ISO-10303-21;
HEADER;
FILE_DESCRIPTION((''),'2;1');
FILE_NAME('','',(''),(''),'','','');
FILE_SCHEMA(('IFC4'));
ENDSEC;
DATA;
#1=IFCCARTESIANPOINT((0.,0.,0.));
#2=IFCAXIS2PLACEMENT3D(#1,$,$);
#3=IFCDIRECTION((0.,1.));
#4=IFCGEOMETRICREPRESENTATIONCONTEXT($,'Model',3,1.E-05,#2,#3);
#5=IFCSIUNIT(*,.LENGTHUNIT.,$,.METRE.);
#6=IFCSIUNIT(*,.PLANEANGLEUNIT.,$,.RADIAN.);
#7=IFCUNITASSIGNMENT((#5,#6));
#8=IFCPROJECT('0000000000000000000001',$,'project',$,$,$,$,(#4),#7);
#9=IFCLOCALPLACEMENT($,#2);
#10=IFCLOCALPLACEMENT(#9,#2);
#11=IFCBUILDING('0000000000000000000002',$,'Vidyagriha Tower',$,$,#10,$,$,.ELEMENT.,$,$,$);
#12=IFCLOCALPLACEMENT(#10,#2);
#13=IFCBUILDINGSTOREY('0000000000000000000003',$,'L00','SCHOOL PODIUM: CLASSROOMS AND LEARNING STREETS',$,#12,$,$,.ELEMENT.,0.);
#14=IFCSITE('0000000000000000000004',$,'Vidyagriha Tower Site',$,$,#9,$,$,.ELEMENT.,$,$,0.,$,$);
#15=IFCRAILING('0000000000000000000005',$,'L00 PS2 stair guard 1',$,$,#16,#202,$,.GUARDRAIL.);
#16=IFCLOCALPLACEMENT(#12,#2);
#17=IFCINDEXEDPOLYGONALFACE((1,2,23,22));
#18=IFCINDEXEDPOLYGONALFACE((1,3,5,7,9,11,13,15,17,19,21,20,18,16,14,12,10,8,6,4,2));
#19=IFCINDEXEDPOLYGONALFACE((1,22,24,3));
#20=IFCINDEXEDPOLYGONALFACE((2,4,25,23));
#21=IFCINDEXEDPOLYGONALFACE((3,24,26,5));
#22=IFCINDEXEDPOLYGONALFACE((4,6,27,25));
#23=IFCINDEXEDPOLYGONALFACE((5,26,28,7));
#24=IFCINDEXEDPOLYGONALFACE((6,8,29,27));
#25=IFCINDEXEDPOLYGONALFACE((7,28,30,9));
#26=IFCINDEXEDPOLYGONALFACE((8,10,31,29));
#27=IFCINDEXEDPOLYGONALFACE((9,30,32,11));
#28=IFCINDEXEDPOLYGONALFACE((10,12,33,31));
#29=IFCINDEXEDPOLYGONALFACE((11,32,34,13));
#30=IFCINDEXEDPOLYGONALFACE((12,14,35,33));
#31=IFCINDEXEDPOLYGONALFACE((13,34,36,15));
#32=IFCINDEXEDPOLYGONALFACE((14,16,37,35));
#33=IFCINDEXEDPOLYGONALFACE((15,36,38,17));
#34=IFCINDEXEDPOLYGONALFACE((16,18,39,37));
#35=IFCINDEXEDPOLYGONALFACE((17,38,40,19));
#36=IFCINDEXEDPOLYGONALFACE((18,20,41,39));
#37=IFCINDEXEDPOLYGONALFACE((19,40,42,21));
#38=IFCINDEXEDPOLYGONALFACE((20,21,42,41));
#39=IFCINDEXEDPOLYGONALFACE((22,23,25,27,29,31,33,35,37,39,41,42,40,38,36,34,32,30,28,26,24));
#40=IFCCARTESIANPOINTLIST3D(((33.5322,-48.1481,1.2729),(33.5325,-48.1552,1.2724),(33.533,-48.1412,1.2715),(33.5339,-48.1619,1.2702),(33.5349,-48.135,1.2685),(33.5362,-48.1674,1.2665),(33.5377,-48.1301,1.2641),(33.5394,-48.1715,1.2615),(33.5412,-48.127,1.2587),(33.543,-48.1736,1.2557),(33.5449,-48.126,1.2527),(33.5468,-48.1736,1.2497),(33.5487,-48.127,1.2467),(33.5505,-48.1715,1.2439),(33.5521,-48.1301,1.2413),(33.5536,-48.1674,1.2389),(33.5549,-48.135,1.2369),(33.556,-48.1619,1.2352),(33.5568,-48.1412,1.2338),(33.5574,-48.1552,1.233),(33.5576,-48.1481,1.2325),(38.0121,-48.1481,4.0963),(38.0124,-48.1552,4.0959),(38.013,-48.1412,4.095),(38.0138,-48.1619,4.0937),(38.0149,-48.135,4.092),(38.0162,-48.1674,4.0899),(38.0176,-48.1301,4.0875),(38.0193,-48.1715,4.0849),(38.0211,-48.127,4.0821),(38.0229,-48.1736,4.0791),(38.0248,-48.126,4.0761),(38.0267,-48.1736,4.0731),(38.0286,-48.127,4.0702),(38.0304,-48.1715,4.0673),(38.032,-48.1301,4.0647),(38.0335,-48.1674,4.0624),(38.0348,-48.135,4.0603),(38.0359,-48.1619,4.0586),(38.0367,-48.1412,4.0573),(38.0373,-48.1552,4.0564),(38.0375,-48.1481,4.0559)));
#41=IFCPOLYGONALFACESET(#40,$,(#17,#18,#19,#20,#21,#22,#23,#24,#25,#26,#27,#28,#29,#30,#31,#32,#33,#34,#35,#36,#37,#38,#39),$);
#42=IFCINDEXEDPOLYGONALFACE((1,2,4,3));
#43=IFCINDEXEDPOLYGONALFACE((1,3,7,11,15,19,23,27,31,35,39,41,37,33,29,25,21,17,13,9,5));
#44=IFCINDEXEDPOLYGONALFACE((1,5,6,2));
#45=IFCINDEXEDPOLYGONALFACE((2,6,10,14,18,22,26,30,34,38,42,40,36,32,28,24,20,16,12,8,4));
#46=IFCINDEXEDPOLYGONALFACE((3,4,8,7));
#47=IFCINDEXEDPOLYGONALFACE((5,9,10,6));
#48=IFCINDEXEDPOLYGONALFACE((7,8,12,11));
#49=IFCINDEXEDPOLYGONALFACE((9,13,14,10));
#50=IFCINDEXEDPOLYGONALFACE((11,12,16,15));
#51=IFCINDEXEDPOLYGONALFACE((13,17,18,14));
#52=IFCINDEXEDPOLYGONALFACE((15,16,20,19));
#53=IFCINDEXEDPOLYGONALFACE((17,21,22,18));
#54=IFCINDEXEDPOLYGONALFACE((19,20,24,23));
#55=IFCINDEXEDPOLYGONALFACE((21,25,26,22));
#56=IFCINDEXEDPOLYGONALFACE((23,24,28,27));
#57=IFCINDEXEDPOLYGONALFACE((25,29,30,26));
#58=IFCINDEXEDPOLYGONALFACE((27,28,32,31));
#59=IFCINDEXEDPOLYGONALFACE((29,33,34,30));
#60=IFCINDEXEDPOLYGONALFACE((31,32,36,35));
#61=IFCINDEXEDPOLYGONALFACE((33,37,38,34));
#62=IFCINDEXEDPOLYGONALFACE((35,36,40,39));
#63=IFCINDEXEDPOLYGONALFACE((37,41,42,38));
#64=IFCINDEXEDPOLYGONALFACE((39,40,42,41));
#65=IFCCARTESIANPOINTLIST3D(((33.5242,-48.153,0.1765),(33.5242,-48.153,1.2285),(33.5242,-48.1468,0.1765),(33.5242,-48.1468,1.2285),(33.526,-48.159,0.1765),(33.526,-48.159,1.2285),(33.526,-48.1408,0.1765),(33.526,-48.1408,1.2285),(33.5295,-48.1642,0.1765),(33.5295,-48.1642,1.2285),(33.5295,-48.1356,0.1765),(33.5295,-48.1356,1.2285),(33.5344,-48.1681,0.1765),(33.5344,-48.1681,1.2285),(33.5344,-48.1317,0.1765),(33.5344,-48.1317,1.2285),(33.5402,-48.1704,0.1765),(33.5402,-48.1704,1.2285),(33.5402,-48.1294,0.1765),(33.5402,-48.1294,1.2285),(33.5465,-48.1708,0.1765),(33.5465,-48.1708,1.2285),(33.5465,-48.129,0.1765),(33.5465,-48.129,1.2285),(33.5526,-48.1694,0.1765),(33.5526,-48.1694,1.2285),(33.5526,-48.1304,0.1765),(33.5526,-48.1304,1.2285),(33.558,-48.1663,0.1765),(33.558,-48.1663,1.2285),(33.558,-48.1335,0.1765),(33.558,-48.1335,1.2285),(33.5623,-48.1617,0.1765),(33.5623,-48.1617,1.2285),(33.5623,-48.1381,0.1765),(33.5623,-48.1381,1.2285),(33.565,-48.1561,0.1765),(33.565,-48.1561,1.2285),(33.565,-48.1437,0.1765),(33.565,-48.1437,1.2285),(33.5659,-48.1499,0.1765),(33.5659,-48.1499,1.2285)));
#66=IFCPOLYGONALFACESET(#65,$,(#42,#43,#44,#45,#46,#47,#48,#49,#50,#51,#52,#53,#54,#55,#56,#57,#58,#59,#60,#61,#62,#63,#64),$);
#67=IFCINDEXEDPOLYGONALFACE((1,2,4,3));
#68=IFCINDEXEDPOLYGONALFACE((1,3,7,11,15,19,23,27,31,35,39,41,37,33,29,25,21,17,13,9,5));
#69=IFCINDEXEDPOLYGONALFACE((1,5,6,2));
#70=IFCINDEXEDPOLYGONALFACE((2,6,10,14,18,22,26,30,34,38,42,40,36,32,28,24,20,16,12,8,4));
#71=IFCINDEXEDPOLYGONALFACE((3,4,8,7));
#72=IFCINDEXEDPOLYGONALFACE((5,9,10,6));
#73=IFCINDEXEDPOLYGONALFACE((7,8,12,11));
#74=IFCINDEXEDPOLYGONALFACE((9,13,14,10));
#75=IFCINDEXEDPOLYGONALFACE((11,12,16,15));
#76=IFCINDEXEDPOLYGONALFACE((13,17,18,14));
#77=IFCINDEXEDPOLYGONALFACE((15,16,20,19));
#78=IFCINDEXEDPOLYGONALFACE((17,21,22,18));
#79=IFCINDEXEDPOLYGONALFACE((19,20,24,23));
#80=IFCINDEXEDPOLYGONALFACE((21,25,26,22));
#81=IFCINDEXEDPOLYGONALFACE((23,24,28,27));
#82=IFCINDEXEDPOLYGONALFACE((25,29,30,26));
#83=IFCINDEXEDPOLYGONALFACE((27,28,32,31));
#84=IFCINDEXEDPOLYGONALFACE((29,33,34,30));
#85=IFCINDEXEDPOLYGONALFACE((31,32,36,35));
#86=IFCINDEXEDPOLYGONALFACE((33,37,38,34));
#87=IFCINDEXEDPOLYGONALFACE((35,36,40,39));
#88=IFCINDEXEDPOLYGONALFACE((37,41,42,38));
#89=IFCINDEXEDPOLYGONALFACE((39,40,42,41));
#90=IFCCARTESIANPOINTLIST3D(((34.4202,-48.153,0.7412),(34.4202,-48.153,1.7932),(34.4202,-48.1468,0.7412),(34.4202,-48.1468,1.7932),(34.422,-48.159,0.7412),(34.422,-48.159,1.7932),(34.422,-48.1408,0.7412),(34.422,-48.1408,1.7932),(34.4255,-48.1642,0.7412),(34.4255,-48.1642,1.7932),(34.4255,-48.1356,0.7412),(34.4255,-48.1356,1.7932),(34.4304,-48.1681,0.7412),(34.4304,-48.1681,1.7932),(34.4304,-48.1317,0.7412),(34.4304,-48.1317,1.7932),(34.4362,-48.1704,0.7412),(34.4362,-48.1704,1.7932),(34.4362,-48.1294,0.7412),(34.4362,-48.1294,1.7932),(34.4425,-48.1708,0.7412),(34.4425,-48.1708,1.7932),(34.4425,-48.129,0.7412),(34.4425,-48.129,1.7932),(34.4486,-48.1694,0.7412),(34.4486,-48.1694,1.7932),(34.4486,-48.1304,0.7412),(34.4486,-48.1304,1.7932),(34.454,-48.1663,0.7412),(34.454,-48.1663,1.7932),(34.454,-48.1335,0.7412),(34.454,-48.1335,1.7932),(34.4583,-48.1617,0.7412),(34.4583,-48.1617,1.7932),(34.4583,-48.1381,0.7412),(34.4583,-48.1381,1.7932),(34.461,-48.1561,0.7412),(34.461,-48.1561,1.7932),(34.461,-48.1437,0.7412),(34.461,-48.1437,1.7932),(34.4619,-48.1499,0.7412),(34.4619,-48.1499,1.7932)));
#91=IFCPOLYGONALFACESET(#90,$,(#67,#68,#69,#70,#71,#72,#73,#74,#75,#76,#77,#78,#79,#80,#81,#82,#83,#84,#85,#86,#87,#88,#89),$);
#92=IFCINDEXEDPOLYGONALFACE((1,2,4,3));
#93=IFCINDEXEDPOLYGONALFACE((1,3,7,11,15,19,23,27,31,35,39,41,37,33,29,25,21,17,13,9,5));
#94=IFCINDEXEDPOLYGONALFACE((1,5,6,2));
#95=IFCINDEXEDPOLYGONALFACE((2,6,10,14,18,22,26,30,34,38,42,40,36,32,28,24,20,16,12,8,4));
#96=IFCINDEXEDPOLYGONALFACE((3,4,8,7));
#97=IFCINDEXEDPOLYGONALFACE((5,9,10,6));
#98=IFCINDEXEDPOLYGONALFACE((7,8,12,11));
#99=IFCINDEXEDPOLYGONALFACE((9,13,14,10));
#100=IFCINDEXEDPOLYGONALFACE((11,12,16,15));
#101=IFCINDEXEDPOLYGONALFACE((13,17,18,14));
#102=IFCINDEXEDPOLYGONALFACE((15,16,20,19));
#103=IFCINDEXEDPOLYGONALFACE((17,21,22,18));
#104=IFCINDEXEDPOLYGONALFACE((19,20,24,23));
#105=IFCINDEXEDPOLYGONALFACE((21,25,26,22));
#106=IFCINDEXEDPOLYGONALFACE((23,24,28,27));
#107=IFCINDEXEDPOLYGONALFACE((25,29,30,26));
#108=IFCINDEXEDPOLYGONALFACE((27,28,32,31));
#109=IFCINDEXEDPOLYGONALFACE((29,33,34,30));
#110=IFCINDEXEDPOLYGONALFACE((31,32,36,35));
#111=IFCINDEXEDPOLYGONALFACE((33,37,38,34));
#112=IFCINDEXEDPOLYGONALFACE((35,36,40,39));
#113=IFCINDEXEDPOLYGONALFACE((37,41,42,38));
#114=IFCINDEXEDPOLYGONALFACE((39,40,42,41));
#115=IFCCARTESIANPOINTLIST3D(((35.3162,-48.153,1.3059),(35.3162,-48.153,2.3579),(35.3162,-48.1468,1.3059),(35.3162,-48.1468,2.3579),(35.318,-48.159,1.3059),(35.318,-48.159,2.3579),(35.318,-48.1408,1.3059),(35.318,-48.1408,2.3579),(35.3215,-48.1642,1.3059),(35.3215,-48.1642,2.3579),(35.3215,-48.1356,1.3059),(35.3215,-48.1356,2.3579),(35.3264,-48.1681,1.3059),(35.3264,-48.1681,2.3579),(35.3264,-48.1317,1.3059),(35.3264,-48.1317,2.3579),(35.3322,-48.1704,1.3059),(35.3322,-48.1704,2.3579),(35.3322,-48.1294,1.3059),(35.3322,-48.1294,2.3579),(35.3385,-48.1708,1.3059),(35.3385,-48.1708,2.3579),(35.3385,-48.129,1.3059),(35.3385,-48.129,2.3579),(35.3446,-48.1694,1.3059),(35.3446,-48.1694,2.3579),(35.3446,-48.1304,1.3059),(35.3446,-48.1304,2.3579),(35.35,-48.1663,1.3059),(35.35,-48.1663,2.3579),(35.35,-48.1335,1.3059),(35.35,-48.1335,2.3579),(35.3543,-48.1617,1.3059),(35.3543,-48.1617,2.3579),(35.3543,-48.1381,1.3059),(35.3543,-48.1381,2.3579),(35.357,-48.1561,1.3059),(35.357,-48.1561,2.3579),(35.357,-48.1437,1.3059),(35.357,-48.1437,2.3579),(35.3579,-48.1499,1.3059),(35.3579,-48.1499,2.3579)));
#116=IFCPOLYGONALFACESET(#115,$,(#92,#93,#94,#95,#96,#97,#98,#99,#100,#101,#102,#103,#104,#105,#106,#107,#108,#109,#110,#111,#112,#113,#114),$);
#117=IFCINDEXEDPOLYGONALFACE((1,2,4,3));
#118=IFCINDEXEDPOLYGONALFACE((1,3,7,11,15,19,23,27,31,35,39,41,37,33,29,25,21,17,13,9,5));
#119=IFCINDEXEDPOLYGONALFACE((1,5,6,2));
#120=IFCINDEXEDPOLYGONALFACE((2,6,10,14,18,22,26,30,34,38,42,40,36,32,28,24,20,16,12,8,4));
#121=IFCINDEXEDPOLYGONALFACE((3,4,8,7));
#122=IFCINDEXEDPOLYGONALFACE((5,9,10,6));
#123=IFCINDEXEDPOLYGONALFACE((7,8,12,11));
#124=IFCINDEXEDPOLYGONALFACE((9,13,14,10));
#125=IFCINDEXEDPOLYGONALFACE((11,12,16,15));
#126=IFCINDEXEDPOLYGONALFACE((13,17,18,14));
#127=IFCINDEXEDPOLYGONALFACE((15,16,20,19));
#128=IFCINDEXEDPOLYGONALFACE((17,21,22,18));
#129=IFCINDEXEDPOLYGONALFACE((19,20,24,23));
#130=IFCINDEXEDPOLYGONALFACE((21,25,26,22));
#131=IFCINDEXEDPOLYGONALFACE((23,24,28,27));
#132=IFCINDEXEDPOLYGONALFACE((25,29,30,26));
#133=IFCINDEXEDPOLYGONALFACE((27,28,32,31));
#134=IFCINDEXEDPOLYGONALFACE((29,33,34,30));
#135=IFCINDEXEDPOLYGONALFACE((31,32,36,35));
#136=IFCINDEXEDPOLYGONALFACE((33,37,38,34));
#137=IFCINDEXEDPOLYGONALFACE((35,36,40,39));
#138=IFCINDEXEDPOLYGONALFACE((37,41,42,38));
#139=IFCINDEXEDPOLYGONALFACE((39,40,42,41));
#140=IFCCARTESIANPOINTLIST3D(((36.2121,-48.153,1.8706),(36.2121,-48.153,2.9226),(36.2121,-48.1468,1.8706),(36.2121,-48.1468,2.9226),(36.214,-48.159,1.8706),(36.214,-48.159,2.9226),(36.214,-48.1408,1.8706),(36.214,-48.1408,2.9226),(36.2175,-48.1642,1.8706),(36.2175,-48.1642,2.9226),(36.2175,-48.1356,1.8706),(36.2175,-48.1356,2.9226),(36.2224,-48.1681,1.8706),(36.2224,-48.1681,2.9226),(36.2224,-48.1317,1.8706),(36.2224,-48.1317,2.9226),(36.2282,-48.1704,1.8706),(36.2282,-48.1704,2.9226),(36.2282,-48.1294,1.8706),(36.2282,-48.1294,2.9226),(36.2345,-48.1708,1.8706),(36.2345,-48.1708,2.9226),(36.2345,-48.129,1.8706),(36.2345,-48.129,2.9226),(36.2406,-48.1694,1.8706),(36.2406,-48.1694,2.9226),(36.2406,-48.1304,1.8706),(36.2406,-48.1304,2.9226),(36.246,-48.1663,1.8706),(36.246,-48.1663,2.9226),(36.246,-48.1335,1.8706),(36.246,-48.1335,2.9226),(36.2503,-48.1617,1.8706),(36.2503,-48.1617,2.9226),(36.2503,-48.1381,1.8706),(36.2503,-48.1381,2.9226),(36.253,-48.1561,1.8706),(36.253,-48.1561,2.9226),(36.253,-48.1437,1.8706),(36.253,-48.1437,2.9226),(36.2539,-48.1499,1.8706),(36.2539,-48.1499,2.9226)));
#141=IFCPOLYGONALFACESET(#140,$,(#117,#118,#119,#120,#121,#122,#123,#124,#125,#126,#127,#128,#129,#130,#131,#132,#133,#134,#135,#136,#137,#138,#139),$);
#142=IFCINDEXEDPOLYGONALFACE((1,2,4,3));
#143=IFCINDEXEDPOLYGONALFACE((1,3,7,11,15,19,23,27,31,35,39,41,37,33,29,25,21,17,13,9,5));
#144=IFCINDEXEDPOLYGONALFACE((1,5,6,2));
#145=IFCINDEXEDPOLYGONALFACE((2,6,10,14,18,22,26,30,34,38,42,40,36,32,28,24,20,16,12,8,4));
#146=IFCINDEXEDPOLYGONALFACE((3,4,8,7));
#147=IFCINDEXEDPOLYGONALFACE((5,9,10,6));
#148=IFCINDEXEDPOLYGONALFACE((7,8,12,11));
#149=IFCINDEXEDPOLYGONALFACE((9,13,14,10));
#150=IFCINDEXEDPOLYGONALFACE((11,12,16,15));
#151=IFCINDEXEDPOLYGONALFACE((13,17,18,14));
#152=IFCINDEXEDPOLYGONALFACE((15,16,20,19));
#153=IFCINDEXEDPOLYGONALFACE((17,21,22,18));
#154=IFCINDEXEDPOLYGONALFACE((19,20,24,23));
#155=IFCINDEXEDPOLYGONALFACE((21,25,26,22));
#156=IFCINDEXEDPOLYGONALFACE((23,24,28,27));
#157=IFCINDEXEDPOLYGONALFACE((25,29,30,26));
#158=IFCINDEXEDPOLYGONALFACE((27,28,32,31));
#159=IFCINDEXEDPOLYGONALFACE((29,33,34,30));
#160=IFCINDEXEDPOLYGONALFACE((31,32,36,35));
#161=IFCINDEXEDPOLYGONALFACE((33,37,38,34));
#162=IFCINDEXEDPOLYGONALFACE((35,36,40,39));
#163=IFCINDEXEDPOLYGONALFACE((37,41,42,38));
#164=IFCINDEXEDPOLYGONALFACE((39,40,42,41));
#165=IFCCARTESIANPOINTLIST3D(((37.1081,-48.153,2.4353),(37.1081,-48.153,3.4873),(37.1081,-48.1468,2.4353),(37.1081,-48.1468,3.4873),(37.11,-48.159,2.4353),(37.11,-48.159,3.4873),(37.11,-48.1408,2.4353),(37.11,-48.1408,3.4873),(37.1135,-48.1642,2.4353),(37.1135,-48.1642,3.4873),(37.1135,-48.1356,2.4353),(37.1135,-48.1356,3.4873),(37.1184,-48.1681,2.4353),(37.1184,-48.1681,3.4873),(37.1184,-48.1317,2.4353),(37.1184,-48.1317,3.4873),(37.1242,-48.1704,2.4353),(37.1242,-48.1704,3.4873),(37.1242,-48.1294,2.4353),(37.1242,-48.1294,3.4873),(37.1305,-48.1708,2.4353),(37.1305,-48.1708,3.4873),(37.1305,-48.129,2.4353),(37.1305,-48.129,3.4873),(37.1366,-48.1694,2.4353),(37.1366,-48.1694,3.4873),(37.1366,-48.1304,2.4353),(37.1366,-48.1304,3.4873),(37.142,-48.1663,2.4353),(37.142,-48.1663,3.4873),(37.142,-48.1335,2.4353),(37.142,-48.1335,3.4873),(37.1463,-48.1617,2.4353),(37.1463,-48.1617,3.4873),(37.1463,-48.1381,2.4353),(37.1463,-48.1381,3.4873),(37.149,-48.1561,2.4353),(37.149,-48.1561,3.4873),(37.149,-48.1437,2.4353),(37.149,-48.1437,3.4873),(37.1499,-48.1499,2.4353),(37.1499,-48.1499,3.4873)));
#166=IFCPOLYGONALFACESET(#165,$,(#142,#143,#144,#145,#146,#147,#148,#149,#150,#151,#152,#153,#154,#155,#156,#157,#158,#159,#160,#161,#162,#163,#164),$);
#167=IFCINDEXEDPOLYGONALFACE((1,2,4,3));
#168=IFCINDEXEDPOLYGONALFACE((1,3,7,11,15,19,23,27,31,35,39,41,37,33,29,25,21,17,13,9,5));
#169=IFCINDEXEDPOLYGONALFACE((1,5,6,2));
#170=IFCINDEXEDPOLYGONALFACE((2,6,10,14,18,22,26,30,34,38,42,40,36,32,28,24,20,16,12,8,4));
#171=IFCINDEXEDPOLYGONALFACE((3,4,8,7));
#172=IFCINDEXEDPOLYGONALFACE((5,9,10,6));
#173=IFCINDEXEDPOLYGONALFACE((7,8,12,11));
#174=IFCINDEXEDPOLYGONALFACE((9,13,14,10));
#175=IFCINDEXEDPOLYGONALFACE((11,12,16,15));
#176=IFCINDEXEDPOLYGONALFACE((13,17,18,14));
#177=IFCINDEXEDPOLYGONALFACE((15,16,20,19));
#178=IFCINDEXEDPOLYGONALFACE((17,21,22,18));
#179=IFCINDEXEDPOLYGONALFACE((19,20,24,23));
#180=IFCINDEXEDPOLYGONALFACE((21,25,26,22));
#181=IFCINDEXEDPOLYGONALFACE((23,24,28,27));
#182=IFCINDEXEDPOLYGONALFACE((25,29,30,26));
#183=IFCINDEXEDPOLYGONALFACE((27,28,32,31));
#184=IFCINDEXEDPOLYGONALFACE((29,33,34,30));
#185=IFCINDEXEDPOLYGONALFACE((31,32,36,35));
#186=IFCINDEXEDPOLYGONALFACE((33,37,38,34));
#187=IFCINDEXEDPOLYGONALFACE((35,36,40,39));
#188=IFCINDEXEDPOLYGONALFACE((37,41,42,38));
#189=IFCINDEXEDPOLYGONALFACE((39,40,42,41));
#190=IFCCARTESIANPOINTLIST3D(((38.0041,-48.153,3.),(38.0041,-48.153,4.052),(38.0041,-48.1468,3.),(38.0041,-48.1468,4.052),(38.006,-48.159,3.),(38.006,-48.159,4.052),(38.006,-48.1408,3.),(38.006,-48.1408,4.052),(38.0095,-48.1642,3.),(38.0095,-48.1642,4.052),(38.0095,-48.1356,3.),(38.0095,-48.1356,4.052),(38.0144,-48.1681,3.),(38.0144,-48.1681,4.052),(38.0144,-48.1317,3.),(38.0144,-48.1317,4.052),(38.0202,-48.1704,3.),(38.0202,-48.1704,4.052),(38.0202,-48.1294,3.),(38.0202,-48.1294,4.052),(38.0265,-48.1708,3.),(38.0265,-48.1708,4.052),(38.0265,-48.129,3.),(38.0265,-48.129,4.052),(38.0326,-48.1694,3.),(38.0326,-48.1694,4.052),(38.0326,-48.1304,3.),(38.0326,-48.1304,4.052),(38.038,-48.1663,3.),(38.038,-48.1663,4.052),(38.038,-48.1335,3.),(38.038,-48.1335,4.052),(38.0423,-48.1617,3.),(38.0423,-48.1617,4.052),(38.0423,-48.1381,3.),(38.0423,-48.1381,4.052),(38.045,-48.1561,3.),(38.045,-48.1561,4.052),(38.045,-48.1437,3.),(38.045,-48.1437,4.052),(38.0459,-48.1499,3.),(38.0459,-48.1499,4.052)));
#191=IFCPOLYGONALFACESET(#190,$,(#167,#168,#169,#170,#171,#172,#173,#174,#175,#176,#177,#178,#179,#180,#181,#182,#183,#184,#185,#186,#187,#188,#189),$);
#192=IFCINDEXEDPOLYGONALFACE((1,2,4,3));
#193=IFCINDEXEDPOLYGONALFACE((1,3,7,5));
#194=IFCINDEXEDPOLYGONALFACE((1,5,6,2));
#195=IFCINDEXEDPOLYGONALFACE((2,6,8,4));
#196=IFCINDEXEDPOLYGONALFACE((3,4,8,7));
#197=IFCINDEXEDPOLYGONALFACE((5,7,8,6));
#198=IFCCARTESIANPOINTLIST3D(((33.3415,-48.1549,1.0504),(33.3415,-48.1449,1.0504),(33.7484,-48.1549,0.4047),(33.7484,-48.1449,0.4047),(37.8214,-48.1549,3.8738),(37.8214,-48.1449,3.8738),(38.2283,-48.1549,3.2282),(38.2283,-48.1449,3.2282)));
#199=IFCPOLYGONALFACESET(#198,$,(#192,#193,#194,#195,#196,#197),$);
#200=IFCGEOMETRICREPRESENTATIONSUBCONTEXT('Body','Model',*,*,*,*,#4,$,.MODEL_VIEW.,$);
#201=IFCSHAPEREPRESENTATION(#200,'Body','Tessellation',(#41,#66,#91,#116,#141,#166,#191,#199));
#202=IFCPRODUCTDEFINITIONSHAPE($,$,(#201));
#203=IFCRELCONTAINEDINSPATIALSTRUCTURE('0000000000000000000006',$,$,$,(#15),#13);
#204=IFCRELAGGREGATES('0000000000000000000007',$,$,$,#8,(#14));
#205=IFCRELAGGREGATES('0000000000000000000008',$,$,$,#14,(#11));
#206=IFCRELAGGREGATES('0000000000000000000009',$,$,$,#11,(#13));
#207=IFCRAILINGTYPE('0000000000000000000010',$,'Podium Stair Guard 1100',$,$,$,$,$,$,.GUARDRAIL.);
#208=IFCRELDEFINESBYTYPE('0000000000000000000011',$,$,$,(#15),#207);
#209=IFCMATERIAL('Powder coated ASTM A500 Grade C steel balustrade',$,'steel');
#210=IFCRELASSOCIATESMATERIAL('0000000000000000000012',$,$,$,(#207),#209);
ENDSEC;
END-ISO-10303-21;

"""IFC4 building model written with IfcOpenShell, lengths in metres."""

from ifc_helpers import new_model, si_unit, direction, frame, origin, origin_2d, place, context, subcontext, project, spatial, rectangle, circle, extrude, material, type_object, element, save


model = new_model("IFC4")

# Units and contexts
model_context = context("Model", 3, precision=1e-05, world=origin(), true_north=direction((0.0, 1.0)))
body_context = subcontext(model_context, "Body", "Model", "MODEL_VIEW")
ifc_project = project(units=[si_unit("LENGTHUNIT", "METRE"), si_unit("PLANEANGLEUNIT", "RADIAN")], contexts=[model_context])

# Site, building, storey
site_placement = place(None, origin())
site = spatial("IfcSite", under=ifc_project, at=site_placement, Name="Vidyagriha Tower Site", CompositionType="ELEMENT", RefElevation=0.0)
building_placement = place(site_placement, origin())
building = spatial("IfcBuilding", under=site, at=building_placement, Name="Vidyagriha Tower", CompositionType="ELEMENT")
storey_placement = place(building_placement, origin())
storey = spatial("IfcBuildingStorey", under=building, at=storey_placement, Name="L00", Description="SCHOOL PODIUM: CLASSROOMS AND LEARNING STREETS", CompositionType="ELEMENT", Elevation=0.0)

# Railing
ifc_material_1 = material(Name="Powder coated ASTM A500 Grade C steel balustrade", Category="steel")
railing_type_1 = type_object("IfcRailingType", Name="Podium Stair Guard 1100", PredefinedType="GUARDRAIL", material=ifc_material_1)
railing_1_placement = place(storey_placement, frame((33.5449, -48.1499, 0.1765)))
element("IfcRailing", 1, at=railing_1_placement, inside=storey, type_object=railing_type_1, Name="L00 PS2 stair guard 1", PredefinedType="GUARDRAIL", context=body_context, shape_type="SweptSolid", body=[
    extrude(circle(Radius=0.0239, at=origin_2d()), frame((0.0, 0.0, 1.0762), z_axis=(0.845998, 0.0, 0.533186), x_axis=(0.0, 1.0, 0.0)), (0.0, 0.0, 1.0), 5.2954),
    extrude(circle(Radius=0.021, at=origin_2d()), origin(), (0.0, 0.0, 1.0), 1.052),
    extrude(circle(Radius=0.021, at=origin_2d()), frame((0.896, 0.0, 0.5647)), (0.0, 0.0, 1.0), 1.052),
    extrude(circle(Radius=0.021, at=origin_2d()), frame((1.792, 0.0, 1.1294)), (0.0, 0.0, 1.0), 1.052),
    extrude(circle(Radius=0.021, at=origin_2d()), frame((2.688, 0.0, 1.6941)), (0.0, 0.0, 1.0), 1.052),
    extrude(circle(Radius=0.021, at=origin_2d()), frame((3.584, 0.0, 2.2588)), (0.0, 0.0, 1.0), 1.052),
    extrude(circle(Radius=0.021, at=origin_2d()), frame((4.48, 0.0, 2.8235)), (0.0, 0.0, 1.0), 1.052),
    extrude(rectangle(XDim=0.01, YDim=0.7632, at=origin_2d()), frame((0.0, 0.0, 0.551), z_axis=(0.845998, 0.0, 0.533186), x_axis=(0.0, 1.0, 0.0)), (0.0, 0.0, 1.0), 5.2954),
])

save(model, "model.ifc")
